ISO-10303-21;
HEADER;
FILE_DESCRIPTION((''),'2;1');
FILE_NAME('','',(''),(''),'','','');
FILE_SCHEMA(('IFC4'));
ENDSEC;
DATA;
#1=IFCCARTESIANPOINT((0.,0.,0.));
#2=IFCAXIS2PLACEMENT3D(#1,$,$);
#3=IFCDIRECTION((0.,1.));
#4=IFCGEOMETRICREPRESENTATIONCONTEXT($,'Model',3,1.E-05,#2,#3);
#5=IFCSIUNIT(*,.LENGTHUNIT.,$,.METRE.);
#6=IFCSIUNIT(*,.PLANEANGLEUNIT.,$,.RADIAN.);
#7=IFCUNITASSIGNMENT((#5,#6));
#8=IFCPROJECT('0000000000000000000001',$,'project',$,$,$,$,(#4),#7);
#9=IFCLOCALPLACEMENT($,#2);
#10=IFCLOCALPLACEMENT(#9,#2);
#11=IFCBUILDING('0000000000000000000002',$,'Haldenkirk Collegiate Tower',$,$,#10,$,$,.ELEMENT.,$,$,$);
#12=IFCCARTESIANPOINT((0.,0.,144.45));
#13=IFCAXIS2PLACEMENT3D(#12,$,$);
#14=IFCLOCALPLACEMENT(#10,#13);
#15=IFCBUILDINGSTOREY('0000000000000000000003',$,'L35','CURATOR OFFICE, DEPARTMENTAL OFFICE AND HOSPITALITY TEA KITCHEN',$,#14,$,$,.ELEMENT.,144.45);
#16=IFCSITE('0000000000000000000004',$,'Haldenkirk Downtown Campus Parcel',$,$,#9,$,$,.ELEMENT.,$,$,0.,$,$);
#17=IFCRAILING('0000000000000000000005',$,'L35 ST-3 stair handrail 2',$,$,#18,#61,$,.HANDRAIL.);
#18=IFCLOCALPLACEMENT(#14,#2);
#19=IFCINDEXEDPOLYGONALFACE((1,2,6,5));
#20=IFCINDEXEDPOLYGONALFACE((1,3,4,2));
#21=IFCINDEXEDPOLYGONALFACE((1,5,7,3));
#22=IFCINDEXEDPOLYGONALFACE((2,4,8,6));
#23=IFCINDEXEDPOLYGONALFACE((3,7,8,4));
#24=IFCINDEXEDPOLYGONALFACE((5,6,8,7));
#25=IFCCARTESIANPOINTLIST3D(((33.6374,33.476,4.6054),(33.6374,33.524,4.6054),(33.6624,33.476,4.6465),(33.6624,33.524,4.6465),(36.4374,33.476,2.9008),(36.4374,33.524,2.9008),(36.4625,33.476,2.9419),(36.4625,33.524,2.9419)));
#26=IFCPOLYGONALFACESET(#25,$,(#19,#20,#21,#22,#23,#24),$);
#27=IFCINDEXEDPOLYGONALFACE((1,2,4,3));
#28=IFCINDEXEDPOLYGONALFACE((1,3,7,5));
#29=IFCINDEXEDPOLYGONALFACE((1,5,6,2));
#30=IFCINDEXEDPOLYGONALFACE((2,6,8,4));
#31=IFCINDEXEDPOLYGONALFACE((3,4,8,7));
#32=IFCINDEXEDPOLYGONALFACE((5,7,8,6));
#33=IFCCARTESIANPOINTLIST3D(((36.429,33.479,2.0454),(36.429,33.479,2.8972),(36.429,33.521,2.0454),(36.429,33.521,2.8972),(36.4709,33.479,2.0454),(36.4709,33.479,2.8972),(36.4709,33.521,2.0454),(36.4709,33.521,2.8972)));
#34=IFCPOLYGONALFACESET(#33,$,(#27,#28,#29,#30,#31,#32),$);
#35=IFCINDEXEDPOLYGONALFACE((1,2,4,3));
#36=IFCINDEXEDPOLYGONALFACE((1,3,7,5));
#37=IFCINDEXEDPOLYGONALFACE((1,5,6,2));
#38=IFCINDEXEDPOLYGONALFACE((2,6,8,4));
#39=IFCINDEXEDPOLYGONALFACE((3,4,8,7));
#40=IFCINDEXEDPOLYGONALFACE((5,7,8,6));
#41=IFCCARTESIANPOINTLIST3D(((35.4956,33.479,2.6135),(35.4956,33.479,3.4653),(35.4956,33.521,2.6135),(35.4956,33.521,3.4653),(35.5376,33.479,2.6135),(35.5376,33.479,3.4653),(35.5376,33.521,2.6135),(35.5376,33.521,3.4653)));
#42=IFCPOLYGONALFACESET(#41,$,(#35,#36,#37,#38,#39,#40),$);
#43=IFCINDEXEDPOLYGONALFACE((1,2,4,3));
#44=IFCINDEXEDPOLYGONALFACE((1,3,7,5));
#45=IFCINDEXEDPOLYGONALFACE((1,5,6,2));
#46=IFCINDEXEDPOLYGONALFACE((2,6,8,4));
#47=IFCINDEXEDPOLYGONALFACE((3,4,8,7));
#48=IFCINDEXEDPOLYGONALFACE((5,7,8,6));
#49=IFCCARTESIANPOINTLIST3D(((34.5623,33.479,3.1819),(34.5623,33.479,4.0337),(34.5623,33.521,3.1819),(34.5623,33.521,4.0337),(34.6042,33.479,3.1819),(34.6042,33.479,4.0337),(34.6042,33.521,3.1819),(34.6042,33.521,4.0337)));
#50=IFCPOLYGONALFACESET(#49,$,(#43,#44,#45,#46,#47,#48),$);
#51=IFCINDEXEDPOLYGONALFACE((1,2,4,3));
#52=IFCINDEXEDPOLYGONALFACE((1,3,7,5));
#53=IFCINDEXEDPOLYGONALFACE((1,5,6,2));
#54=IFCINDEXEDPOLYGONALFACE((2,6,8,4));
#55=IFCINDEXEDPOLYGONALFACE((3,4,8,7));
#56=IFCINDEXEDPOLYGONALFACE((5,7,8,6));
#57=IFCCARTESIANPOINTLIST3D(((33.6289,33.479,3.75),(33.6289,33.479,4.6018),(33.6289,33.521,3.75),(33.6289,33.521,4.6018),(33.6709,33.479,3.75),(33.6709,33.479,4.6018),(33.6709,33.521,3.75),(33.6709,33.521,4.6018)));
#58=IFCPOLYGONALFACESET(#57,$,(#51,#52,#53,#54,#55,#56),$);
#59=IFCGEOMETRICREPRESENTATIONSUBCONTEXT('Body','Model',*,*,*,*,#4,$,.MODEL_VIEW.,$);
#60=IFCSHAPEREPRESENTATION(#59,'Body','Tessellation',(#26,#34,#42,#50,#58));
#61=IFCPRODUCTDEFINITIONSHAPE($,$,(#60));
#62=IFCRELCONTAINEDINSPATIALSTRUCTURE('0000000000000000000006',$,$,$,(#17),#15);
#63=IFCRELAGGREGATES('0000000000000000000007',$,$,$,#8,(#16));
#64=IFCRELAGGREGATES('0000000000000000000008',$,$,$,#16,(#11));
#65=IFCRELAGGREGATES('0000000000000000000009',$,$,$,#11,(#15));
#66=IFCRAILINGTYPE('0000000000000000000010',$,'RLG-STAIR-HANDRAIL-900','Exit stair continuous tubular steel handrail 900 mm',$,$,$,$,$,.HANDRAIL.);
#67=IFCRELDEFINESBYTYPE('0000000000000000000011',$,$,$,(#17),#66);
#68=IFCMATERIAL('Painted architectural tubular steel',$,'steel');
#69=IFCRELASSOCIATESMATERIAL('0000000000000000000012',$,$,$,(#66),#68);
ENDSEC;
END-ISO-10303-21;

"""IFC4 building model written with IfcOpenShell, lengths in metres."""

from ifc_helpers import new_model, si_unit, direction, frame, origin, origin_2d, place, context, subcontext, project, spatial, rectangle, extrude, material, type_object, element, save


model = new_model("IFC4")

# Units and contexts
model_context = context("Model", 3, precision=1e-05, world=origin(), true_north=direction((0.0, 1.0)))
body_context = subcontext(model_context, "Body", "Model", "MODEL_VIEW")
ifc_project = project(units=[si_unit("LENGTHUNIT", "METRE"), si_unit("PLANEANGLEUNIT", "RADIAN")], contexts=[model_context])

# Site, building, storey
site_placement = place(None, origin())
site = spatial("IfcSite", under=ifc_project, at=site_placement, Name="Haldenkirk Downtown Campus Parcel", CompositionType="ELEMENT", RefElevation=0.0)
building_placement = place(site_placement, origin())
building = spatial("IfcBuilding", under=site, at=building_placement, Name="Haldenkirk Collegiate Tower", CompositionType="ELEMENT")
storey_placement = place(building_placement, frame((0.0, 0.0, 144.45)))
storey = spatial("IfcBuildingStorey", under=building, at=storey_placement, Name="L35", Description="CURATOR OFFICE, DEPARTMENTAL OFFICE AND HOSPITALITY TEA KITCHEN", CompositionType="ELEMENT", Elevation=144.45)

# Railing
ifc_material_1 = material(Name="Painted architectural tubular steel", Category="steel")
railing_type_1 = type_object("IfcRailingType", Name="RLG-STAIR-HANDRAIL-900", Description="Exit stair continuous tubular steel handrail 900 mm", PredefinedType="HANDRAIL", material=ifc_material_1)
railing_1_placement = place(storey_placement, frame((36.45, 33.5, 2.0454)))
element("IfcRailing", 1, at=railing_1_placement, inside=storey, type_object=railing_type_1, Name="L35 ST-3 stair handrail 2", PredefinedType="HANDRAIL", context=body_context, shape_type="SweptSolid", body=[
    extrude(rectangle(XDim=0.0481, YDim=0.0481, at=origin_2d()), frame((0.0, 0.0, 0.876), z_axis=(-0.85417, 0.0, 0.519994), x_axis=(0.0, -1.0, 0.0)), (0.0, 0.0, 1.0), 3.2781),
    extrude(rectangle(XDim=0.042, YDim=0.042, at=origin_2d()), origin(), (0.0, 0.0, 1.0), 0.8518),
    extrude(rectangle(XDim=0.042, YDim=0.042, at=origin_2d()), frame((-0.9333, 0.0, 0.5681)), (0.0, 0.0, 1.0), 0.8518),
    extrude(rectangle(XDim=0.042, YDim=0.042, at=origin_2d()), frame((-1.8667, 0.0, 1.1365)), (0.0, 0.0, 1.0), 0.8518),
    extrude(rectangle(XDim=0.042, YDim=0.042, at=origin_2d()), frame((-2.8, 0.0, 1.7046)), (0.0, 0.0, 1.0), 0.8518),
])

save(model, "model.ifc")
